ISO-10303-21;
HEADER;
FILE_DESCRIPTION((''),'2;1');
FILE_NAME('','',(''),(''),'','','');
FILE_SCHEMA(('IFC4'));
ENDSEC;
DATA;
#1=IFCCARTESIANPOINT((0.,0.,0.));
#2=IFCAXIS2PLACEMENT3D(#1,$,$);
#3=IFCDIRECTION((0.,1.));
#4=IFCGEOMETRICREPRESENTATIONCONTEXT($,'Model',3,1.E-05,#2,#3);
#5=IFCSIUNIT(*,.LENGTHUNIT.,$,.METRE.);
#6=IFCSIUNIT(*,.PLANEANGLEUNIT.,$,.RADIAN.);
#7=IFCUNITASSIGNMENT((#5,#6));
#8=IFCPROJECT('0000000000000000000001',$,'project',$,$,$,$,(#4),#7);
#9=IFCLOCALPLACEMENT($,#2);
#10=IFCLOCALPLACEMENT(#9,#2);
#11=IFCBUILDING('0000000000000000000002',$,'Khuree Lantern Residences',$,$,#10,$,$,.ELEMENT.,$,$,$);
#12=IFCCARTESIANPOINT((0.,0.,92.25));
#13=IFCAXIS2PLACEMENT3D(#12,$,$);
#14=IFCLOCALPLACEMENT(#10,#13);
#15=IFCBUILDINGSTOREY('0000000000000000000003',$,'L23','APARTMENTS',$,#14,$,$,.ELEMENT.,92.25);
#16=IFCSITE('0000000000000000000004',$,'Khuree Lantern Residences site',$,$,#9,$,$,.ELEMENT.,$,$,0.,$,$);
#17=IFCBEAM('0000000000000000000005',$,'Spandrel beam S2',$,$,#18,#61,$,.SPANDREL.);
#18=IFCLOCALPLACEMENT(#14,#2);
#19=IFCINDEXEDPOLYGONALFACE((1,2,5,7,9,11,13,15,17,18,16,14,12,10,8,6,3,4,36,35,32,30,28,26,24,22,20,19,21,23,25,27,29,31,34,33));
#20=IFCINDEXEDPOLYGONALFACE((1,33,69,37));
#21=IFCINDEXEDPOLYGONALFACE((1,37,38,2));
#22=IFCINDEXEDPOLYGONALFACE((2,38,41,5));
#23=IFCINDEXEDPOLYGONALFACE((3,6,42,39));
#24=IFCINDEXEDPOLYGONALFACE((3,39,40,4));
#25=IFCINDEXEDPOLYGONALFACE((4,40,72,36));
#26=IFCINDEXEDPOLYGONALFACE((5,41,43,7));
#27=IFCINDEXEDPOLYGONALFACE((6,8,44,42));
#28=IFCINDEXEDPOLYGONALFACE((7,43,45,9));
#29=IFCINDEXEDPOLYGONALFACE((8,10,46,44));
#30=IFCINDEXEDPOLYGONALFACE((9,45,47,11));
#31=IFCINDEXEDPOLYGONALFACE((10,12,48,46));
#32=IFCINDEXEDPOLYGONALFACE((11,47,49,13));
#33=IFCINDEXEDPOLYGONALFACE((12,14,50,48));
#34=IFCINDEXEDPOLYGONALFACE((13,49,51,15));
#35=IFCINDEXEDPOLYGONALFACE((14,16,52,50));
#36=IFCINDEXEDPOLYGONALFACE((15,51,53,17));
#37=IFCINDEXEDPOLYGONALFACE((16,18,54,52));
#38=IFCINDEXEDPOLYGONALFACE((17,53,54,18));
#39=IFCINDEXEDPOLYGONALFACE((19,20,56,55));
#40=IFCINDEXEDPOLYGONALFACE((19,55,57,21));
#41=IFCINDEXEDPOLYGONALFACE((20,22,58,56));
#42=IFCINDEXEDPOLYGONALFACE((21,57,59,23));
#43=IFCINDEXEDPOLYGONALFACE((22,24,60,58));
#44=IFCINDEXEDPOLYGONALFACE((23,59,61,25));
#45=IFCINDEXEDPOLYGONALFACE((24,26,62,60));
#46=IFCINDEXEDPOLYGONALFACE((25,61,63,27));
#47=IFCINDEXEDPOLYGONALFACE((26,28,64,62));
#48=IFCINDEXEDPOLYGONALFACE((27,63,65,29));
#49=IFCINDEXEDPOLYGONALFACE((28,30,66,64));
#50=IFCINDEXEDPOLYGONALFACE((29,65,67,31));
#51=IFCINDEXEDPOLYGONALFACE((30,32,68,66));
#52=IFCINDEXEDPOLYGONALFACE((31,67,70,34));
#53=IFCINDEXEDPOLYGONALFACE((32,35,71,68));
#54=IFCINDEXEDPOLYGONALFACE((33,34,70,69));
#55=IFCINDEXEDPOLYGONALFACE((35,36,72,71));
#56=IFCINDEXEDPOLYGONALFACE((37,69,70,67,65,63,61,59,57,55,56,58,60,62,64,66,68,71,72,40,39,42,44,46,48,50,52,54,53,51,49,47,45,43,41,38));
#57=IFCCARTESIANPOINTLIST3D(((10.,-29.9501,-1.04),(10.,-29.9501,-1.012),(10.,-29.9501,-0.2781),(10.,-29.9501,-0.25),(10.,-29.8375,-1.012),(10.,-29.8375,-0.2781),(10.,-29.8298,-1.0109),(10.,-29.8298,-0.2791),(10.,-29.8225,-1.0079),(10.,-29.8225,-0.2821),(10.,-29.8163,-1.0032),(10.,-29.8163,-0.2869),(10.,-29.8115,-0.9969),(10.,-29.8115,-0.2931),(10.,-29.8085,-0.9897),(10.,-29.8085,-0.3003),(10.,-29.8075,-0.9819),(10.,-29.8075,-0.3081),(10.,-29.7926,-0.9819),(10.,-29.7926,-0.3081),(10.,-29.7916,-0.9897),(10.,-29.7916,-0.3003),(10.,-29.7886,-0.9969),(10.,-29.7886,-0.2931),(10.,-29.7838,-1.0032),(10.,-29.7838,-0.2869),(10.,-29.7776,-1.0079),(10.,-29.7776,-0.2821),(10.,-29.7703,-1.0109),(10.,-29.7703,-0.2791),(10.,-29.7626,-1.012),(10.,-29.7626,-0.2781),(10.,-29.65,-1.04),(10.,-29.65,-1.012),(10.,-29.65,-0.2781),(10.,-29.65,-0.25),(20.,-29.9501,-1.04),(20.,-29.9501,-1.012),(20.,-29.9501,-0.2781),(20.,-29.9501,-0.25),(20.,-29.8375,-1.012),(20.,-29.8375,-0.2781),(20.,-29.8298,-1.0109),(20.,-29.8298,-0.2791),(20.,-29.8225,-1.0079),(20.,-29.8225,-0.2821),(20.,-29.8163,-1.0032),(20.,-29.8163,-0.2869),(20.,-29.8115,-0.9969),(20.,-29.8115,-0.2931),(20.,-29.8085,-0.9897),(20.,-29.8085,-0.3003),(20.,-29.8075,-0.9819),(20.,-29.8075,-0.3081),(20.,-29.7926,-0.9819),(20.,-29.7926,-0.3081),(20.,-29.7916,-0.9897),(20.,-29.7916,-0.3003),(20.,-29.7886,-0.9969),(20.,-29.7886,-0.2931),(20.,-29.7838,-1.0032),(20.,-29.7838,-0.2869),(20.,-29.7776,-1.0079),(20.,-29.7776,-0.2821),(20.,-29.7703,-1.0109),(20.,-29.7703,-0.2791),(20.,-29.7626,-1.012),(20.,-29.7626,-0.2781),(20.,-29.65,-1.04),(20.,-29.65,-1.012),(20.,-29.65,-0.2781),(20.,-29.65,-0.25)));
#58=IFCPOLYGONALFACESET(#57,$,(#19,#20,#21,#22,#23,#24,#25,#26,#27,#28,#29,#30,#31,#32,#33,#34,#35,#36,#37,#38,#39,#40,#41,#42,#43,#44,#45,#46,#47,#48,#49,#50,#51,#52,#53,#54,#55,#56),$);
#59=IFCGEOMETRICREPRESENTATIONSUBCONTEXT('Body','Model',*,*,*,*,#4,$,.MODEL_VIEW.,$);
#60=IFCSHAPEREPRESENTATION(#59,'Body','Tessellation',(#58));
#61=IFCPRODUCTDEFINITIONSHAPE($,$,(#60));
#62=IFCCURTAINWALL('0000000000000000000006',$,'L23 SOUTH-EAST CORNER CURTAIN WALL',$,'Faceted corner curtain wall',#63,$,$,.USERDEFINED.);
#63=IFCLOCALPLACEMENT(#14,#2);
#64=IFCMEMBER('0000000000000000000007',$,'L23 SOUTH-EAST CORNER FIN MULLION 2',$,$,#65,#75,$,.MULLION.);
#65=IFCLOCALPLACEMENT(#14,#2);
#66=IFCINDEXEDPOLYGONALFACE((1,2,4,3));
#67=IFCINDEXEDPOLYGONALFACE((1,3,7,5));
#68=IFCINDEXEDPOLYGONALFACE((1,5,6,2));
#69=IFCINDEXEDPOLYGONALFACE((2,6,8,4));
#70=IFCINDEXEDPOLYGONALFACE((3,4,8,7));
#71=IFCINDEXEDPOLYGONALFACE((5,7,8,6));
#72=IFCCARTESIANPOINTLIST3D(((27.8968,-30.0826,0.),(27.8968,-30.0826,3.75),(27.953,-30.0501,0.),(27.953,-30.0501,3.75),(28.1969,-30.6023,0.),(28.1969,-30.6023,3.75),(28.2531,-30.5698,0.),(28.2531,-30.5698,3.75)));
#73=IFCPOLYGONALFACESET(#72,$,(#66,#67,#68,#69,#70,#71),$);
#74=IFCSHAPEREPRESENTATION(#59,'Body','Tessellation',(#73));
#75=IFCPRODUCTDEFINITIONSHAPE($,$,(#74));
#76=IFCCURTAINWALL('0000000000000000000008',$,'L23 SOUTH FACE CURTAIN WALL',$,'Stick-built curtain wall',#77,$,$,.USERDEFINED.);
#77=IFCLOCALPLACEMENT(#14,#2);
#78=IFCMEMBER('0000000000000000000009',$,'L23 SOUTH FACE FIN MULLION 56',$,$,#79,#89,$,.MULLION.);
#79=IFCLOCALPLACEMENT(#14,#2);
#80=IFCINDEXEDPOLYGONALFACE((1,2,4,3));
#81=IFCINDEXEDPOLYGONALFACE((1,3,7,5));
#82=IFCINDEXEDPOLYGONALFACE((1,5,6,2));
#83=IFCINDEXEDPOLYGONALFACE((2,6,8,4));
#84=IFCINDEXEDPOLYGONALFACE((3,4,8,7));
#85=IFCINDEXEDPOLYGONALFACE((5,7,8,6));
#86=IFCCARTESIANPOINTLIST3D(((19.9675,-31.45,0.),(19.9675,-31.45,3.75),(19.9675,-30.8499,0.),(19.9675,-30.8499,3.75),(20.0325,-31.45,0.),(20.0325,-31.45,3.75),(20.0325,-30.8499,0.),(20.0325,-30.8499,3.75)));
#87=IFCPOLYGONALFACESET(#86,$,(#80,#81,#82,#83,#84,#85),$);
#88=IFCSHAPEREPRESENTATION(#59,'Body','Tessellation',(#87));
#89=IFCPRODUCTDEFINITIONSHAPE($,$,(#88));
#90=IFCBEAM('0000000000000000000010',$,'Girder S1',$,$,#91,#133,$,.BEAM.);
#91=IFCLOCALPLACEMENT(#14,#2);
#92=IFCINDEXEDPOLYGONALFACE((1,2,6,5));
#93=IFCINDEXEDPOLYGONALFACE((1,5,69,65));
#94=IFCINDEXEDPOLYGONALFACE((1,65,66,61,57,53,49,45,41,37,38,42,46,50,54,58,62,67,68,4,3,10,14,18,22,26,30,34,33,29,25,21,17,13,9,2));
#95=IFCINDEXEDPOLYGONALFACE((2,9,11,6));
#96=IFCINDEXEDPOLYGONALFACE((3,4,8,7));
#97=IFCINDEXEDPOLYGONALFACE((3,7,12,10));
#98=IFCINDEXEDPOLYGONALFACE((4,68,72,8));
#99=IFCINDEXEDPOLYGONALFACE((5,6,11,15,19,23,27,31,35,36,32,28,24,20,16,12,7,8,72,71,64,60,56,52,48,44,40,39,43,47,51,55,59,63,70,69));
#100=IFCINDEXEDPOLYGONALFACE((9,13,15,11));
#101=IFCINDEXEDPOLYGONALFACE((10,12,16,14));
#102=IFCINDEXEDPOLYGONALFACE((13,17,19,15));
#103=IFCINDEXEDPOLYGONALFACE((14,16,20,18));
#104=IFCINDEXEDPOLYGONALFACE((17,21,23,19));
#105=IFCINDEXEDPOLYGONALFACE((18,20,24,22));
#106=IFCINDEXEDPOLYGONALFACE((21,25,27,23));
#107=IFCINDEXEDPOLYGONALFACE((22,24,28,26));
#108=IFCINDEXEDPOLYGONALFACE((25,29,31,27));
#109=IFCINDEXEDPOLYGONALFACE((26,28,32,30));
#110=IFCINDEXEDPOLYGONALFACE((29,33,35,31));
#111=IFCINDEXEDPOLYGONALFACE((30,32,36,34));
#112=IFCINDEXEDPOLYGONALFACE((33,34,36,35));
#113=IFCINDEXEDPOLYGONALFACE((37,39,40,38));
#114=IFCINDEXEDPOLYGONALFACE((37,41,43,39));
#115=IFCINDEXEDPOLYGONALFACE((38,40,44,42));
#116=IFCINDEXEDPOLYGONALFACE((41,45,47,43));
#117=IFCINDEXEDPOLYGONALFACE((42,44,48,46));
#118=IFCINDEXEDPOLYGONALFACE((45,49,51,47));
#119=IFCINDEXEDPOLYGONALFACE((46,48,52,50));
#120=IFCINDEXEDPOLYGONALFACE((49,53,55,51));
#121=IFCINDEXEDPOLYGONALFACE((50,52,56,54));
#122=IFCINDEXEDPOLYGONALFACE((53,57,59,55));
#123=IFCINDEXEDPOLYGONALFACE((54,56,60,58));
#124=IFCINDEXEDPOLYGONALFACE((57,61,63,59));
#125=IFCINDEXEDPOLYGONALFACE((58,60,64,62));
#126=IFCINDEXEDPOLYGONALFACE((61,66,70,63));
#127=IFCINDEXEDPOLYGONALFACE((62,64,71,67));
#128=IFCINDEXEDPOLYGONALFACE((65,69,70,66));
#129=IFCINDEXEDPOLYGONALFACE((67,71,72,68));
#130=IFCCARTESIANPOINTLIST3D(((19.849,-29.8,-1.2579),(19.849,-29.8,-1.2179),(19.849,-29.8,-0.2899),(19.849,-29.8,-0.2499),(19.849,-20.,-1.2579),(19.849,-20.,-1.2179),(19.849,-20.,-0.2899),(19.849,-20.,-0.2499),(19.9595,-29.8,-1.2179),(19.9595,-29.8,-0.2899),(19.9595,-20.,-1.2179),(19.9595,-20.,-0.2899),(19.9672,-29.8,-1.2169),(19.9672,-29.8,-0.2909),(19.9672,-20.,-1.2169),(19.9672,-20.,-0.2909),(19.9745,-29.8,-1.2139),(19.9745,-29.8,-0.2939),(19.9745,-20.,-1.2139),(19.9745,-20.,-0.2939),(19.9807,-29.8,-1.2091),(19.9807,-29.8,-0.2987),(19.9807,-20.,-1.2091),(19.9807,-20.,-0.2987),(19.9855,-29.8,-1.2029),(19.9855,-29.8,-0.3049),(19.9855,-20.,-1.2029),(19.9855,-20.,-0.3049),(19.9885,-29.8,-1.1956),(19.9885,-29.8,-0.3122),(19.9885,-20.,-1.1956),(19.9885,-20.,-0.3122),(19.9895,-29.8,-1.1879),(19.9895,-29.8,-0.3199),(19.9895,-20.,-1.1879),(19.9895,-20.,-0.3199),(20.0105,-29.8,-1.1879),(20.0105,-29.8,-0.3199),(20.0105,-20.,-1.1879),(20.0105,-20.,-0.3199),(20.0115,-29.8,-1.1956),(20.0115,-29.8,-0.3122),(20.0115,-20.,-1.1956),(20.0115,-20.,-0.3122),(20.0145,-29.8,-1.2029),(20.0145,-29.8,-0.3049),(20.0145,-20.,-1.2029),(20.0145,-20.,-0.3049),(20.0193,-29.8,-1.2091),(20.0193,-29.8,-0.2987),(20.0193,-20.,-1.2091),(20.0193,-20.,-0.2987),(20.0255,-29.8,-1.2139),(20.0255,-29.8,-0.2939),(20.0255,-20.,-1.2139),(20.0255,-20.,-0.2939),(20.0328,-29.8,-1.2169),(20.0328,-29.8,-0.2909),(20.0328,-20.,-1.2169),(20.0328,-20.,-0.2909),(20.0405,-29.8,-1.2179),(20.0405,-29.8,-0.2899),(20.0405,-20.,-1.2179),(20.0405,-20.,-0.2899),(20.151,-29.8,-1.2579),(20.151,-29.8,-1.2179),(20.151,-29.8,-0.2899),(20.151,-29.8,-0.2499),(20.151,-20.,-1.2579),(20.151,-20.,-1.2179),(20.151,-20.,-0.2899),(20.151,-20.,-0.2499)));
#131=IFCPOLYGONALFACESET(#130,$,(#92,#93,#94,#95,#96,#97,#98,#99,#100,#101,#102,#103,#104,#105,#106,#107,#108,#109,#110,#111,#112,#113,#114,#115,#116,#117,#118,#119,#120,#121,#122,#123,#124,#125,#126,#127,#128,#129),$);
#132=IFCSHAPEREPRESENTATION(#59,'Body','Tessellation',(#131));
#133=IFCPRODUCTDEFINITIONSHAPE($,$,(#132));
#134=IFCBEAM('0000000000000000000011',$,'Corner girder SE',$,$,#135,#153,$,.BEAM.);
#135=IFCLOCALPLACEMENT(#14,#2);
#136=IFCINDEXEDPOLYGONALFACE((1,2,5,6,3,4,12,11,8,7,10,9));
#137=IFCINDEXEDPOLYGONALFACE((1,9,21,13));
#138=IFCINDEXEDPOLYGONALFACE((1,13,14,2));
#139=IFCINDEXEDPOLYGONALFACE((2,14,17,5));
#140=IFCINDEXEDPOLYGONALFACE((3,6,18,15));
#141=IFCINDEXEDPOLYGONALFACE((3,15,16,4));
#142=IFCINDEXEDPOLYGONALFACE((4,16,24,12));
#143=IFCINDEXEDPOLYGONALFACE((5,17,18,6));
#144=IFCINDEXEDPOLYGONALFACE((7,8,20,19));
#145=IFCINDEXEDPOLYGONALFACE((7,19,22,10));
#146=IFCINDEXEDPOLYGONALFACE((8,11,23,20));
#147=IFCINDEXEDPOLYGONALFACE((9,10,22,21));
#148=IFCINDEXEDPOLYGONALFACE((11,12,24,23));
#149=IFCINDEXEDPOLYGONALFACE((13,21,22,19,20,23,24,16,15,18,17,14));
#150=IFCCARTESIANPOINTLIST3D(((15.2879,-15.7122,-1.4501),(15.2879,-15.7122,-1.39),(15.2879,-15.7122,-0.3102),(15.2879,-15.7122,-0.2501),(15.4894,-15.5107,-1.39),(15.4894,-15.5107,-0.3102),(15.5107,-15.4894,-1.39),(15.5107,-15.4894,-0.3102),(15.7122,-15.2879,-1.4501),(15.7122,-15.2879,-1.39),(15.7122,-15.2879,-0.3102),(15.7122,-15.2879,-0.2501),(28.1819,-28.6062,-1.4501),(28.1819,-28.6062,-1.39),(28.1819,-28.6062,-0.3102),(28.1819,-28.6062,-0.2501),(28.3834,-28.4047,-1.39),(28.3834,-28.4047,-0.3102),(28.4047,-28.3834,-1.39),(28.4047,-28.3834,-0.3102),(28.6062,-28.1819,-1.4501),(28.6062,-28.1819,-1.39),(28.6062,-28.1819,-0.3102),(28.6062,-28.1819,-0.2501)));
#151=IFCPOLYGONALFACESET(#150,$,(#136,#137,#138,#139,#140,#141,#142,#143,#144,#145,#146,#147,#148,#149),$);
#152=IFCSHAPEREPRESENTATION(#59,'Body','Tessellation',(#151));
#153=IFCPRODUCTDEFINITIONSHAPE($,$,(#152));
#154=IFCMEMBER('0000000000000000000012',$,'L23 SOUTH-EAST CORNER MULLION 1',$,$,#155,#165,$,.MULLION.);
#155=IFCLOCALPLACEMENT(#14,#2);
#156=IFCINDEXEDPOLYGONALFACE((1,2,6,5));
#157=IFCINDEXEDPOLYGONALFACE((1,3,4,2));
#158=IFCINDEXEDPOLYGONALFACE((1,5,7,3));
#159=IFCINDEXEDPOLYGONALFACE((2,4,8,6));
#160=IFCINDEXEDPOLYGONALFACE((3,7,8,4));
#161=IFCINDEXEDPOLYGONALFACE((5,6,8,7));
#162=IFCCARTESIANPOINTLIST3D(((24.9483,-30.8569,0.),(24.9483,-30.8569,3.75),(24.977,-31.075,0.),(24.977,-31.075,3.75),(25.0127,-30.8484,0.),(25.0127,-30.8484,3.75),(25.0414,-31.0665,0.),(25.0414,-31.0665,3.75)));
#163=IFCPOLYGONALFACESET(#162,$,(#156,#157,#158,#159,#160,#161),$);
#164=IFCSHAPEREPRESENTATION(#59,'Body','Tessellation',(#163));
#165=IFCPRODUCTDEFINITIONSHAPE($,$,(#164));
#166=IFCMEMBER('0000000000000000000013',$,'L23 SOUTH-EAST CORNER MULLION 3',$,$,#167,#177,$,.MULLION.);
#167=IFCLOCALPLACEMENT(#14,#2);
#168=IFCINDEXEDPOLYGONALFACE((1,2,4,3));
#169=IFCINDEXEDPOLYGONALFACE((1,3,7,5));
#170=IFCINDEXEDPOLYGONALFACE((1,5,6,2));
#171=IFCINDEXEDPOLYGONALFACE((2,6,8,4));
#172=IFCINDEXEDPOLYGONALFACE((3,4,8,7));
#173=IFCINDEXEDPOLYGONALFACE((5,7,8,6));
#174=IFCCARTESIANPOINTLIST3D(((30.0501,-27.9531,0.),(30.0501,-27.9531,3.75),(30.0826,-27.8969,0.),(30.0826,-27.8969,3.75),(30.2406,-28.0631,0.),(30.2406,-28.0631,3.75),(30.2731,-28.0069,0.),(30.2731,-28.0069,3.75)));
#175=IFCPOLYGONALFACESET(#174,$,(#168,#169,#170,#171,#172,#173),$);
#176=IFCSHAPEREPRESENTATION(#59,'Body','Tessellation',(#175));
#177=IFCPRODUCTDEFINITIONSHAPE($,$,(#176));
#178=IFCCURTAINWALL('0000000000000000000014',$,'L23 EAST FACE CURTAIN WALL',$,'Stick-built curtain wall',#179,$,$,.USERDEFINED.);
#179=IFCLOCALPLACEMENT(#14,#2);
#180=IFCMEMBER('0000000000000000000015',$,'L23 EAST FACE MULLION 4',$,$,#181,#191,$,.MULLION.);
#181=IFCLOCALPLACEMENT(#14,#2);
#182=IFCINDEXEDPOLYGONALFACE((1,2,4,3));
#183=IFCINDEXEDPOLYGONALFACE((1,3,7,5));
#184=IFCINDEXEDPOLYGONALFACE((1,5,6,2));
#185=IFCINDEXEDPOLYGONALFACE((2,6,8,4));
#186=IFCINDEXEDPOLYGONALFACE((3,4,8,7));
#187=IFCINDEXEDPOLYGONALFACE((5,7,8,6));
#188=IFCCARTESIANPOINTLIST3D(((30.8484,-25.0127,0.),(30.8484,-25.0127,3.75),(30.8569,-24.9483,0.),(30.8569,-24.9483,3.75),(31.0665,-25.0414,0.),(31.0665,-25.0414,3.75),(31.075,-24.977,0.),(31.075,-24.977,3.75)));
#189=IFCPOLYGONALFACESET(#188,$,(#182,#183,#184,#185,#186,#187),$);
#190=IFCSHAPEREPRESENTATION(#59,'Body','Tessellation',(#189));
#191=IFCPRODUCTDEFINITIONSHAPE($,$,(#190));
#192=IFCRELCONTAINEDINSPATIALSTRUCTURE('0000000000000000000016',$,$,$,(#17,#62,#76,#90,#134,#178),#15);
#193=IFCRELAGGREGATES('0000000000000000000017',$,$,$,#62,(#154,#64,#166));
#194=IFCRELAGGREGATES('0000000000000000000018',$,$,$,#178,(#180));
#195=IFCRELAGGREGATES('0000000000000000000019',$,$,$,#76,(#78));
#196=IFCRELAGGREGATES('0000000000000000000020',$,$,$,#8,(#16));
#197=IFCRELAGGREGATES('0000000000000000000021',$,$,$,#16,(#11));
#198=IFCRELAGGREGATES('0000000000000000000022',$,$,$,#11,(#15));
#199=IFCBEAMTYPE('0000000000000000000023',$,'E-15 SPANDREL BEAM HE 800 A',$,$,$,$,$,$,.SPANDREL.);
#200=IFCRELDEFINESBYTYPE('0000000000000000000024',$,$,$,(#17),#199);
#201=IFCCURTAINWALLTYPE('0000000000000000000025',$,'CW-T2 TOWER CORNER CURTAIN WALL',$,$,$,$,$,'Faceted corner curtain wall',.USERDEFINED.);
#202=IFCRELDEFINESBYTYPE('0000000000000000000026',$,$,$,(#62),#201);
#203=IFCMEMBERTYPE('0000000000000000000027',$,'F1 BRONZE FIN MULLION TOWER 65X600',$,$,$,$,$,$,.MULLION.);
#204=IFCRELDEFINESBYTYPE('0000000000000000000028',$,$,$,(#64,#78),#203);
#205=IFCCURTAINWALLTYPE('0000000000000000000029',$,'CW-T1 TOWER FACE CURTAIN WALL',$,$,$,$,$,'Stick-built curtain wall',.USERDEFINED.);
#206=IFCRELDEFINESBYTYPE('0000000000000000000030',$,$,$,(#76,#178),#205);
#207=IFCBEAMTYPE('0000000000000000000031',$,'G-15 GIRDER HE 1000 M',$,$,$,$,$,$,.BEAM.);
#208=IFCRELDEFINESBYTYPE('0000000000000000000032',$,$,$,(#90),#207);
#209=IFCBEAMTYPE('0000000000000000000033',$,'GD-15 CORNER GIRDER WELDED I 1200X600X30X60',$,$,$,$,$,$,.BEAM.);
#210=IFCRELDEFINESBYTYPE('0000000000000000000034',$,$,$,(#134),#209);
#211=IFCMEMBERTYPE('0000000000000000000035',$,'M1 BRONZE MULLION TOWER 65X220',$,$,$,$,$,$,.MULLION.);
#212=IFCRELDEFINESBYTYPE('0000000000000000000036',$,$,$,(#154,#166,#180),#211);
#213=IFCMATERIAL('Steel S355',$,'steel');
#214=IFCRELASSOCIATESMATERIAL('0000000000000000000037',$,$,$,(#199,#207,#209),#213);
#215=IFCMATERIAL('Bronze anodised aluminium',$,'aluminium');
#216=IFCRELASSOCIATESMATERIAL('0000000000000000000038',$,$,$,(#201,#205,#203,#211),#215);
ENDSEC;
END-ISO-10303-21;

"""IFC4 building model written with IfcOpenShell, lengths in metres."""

from ifc_helpers import new_model, si_unit, direction, frame, origin, origin_2d, place, context, subcontext, project, spatial, rectangle, i_section, extrude, material, material_profile, profile_set, type_object, element, aggregate, save


model = new_model("IFC4")

# Units and contexts
model_context = context("Model", 3, precision=1e-05, world=origin(), true_north=direction((0.0, 1.0)))
body_context = subcontext(model_context, "Body", "Model", "MODEL_VIEW")
ifc_project = project(units=[si_unit("LENGTHUNIT", "METRE"), si_unit("PLANEANGLEUNIT", "RADIAN")], contexts=[model_context])

# Site, building, storey
site_placement = place(None, origin())
site = spatial("IfcSite", under=ifc_project, at=site_placement, Name="Khuree Lantern Residences site", CompositionType="ELEMENT", RefElevation=0.0)
building_placement = place(site_placement, origin())
building = spatial("IfcBuilding", under=site, at=building_placement, Name="Khuree Lantern Residences", CompositionType="ELEMENT")
storey_placement = place(building_placement, frame((0.0, 0.0, 92.25)))
storey = spatial("IfcBuildingStorey", under=building, at=storey_placement, Name="L23", Description="APARTMENTS", CompositionType="ELEMENT", Elevation=92.25)

# Beam
ifc_material_1 = material(Name="Steel S355", Category="steel")
ifc_material_profile_1 = material_profile(ifc_material_1, i_section(OverallWidth=0.3, OverallDepth=0.79, WebThickness=0.0149, FlangeThickness=0.0281, FilletRadius=0.03, at=origin_2d()), Name="HE 800 A")
ifc_profile_set_1 = profile_set([ifc_material_profile_1], Name="Steel S355")
beam_type_1 = type_object("IfcBeamType", Name="E-15 SPANDREL BEAM HE 800 A", PredefinedType="SPANDREL", material=ifc_profile_set_1)
beam_1_placement = place(storey_placement, frame((20.0, -29.8, -0.645), z_axis=(-1.0, 0.0, 0.0), x_axis=(0.0, -1.0, 0.0)))
element("IfcBeam", 1, at=beam_1_placement, inside=storey, type_object=beam_type_1, Name="Spandrel beam S2", PredefinedType="SPANDREL", context=body_context, shape_type="SweptSolid", body=[
    extrude(i_section(OverallWidth=0.3, OverallDepth=0.79, WebThickness=0.0149, FlangeThickness=0.0281, FilletRadius=0.03, at=origin_2d()), origin(), (0.0, 0.0, 1.0), 10.0),
])

# Curtain walls, members
ifc_material_2 = material(Name="Bronze anodised aluminium", Category="aluminium")
curtain_wall_type_1 = type_object("IfcCurtainWallType", Name="CW-T2 TOWER CORNER CURTAIN WALL", ElementType="Faceted corner curtain wall", PredefinedType="USERDEFINED", material=ifc_material_2)
curtain_wall_1_placement = place(storey_placement, origin())
curtain_wall_1 = element("IfcCurtainWall", 2, at=curtain_wall_1_placement, inside=storey, type_object=curtain_wall_type_1, Name="L23 SOUTH-EAST CORNER CURTAIN WALL", ObjectType="Faceted corner curtain wall", PredefinedType="USERDEFINED")
ifc_material_profile_2 = material_profile(ifc_material_2, rectangle(XDim=0.0649, YDim=0.6001, at=origin_2d()), Name="F1 65X600")
ifc_profile_set_2 = profile_set([ifc_material_profile_2], Name="Bronze anodised aluminium")
member_type_1 = type_object("IfcMemberType", Name="F1 BRONZE FIN MULLION TOWER 65X600", PredefinedType="MULLION", material=ifc_profile_set_2)
member_1_placement = place(storey_placement, frame((28.075, -30.3262, 0.0), z_axis=(0.0, 0.0, 1.0), x_axis=(0.866025, 0.5, 0.0)))
member_1 = element("IfcMember", 3, at=member_1_placement, type_object=member_type_1, Name="L23 SOUTH-EAST CORNER FIN MULLION 2", PredefinedType="MULLION", context=body_context, shape_type="SweptSolid", body=[
    extrude(rectangle(XDim=0.0649, YDim=0.6001, at=origin_2d()), origin(), (0.0, 0.0, 1.0), 3.75),
])
curtain_wall_type_2 = type_object("IfcCurtainWallType", Name="CW-T1 TOWER FACE CURTAIN WALL", ElementType="Stick-built curtain wall", PredefinedType="USERDEFINED", material=ifc_material_2)
curtain_wall_2_placement = place(storey_placement, origin())
curtain_wall_2 = element("IfcCurtainWall", 4, at=curtain_wall_2_placement, inside=storey, type_object=curtain_wall_type_2, Name="L23 SOUTH FACE CURTAIN WALL", ObjectType="Stick-built curtain wall", PredefinedType="USERDEFINED")
member_2_placement = place(storey_placement, frame((20.0, -31.1499, 0.0), z_axis=(0.0, 0.0, 1.0), x_axis=(1.0, 0.0, 0.0)))
member_2 = element("IfcMember", 5, at=member_2_placement, type_object=member_type_1, Name="L23 SOUTH FACE FIN MULLION 56", PredefinedType="MULLION", context=body_context, shape_type="SweptSolid", body=[
    extrude(rectangle(XDim=0.0649, YDim=0.6001, at=origin_2d()), origin(), (0.0, 0.0, 1.0), 3.75),
])

# Beams
ifc_material_profile_3 = material_profile(ifc_material_1, i_section(OverallWidth=0.302, OverallDepth=1.0081, WebThickness=0.021, FlangeThickness=0.04, FilletRadius=0.03, at=origin_2d()), Name="HE 1000 M")
ifc_profile_set_3 = profile_set([ifc_material_profile_3], Name="Steel S355")
beam_type_2 = type_object("IfcBeamType", Name="G-15 GIRDER HE 1000 M", PredefinedType="BEAM", material=ifc_profile_set_3)
beam_2_placement = place(storey_placement, frame((20.0, -29.8, -0.7539), z_axis=(0.0, 1.0, 0.0), x_axis=(-1.0, 0.0, 0.0)))
element("IfcBeam", 6, at=beam_2_placement, inside=storey, type_object=beam_type_2, Name="Girder S1", PredefinedType="BEAM", context=body_context, shape_type="SweptSolid", body=[
    extrude(i_section(OverallWidth=0.302, OverallDepth=1.0081, WebThickness=0.021, FlangeThickness=0.04, FilletRadius=0.03, at=origin_2d()), origin(), (0.0, 0.0, 1.0), 9.8),
])
ifc_material_profile_4 = material_profile(ifc_material_1, i_section(OverallWidth=0.6001, OverallDepth=1.2, WebThickness=0.03, FlangeThickness=0.0601, at=origin_2d()), Name="WELDED I 1200X600X30X60")
ifc_profile_set_4 = profile_set([ifc_material_profile_4], Name="Steel S355")
beam_type_3 = type_object("IfcBeamType", Name="GD-15 CORNER GIRDER WELDED I 1200X600X30X60", PredefinedType="BEAM", material=ifc_profile_set_4)
beam_3_placement = place(storey_placement, frame((28.394, -28.394, -0.8501), z_axis=(-0.707107, 0.707107, 0.0), x_axis=(-0.707107, -0.707107, 0.0)))
element("IfcBeam", 7, at=beam_3_placement, inside=storey, type_object=beam_type_3, Name="Corner girder SE", PredefinedType="BEAM", context=body_context, shape_type="SweptSolid", body=[
    extrude(i_section(OverallWidth=0.6001, OverallDepth=1.2, WebThickness=0.03, FlangeThickness=0.0601, at=origin_2d()), origin(), (0.0, 0.0, 1.0), 18.2349),
])

# Members
ifc_material_profile_5 = material_profile(ifc_material_2, rectangle(XDim=0.0649, YDim=0.22, at=origin_2d()), Name="M1 65X220")
ifc_profile_set_5 = profile_set([ifc_material_profile_5], Name="Bronze anodised aluminium")
member_type_2 = type_object("IfcMemberType", Name="M1 BRONZE MULLION TOWER 65X220", PredefinedType="MULLION", material=ifc_profile_set_5)
member_3_placement = place(storey_placement, frame((24.9949, -30.9617, 0.0), z_axis=(0.0, 0.0, 1.0), x_axis=(0.991445, 0.130526, 0.0)))
member_3 = element("IfcMember", 8, at=member_3_placement, type_object=member_type_2, Name="L23 SOUTH-EAST CORNER MULLION 1", PredefinedType="MULLION", context=body_context, shape_type="SweptSolid", body=[
    extrude(rectangle(XDim=0.0649, YDim=0.22, at=origin_2d()), origin(), (0.0, 0.0, 1.0), 3.75),
])
member_4_placement = place(storey_placement, frame((30.1616, -27.98, 0.0), z_axis=(0.0, 0.0, 1.0), x_axis=(0.5, 0.866025, 0.0)))
member_4 = element("IfcMember", 9, at=member_4_placement, type_object=member_type_2, Name="L23 SOUTH-EAST CORNER MULLION 3", PredefinedType="MULLION", context=body_context, shape_type="SweptSolid", body=[
    extrude(rectangle(XDim=0.0649, YDim=0.22, at=origin_2d()), origin(), (0.0, 0.0, 1.0), 3.75),
])

# Curtain wall, member
curtain_wall_3_placement = place(storey_placement, origin())
curtain_wall_3 = element("IfcCurtainWall", 10, at=curtain_wall_3_placement, inside=storey, type_object=curtain_wall_type_2, Name="L23 EAST FACE CURTAIN WALL", ObjectType="Stick-built curtain wall", PredefinedType="USERDEFINED")
member_5_placement = place(storey_placement, frame((30.9617, -24.9949, 0.0), z_axis=(0.0, 0.0, 1.0), x_axis=(0.130526, 0.991445, 0.0)))
member_5 = element("IfcMember", 11, at=member_5_placement, type_object=member_type_2, Name="L23 EAST FACE MULLION 4", PredefinedType="MULLION", context=body_context, shape_type="SweptSolid", body=[
    extrude(rectangle(XDim=0.0649, YDim=0.22, at=origin_2d()), origin(), (0.0, 0.0, 1.0), 3.75),
])

aggregate(curtain_wall_1, [member_3, member_1, member_4])
aggregate(curtain_wall_3, [member_5])
aggregate(curtain_wall_2, [member_2])

save(model, "model.ifc")
